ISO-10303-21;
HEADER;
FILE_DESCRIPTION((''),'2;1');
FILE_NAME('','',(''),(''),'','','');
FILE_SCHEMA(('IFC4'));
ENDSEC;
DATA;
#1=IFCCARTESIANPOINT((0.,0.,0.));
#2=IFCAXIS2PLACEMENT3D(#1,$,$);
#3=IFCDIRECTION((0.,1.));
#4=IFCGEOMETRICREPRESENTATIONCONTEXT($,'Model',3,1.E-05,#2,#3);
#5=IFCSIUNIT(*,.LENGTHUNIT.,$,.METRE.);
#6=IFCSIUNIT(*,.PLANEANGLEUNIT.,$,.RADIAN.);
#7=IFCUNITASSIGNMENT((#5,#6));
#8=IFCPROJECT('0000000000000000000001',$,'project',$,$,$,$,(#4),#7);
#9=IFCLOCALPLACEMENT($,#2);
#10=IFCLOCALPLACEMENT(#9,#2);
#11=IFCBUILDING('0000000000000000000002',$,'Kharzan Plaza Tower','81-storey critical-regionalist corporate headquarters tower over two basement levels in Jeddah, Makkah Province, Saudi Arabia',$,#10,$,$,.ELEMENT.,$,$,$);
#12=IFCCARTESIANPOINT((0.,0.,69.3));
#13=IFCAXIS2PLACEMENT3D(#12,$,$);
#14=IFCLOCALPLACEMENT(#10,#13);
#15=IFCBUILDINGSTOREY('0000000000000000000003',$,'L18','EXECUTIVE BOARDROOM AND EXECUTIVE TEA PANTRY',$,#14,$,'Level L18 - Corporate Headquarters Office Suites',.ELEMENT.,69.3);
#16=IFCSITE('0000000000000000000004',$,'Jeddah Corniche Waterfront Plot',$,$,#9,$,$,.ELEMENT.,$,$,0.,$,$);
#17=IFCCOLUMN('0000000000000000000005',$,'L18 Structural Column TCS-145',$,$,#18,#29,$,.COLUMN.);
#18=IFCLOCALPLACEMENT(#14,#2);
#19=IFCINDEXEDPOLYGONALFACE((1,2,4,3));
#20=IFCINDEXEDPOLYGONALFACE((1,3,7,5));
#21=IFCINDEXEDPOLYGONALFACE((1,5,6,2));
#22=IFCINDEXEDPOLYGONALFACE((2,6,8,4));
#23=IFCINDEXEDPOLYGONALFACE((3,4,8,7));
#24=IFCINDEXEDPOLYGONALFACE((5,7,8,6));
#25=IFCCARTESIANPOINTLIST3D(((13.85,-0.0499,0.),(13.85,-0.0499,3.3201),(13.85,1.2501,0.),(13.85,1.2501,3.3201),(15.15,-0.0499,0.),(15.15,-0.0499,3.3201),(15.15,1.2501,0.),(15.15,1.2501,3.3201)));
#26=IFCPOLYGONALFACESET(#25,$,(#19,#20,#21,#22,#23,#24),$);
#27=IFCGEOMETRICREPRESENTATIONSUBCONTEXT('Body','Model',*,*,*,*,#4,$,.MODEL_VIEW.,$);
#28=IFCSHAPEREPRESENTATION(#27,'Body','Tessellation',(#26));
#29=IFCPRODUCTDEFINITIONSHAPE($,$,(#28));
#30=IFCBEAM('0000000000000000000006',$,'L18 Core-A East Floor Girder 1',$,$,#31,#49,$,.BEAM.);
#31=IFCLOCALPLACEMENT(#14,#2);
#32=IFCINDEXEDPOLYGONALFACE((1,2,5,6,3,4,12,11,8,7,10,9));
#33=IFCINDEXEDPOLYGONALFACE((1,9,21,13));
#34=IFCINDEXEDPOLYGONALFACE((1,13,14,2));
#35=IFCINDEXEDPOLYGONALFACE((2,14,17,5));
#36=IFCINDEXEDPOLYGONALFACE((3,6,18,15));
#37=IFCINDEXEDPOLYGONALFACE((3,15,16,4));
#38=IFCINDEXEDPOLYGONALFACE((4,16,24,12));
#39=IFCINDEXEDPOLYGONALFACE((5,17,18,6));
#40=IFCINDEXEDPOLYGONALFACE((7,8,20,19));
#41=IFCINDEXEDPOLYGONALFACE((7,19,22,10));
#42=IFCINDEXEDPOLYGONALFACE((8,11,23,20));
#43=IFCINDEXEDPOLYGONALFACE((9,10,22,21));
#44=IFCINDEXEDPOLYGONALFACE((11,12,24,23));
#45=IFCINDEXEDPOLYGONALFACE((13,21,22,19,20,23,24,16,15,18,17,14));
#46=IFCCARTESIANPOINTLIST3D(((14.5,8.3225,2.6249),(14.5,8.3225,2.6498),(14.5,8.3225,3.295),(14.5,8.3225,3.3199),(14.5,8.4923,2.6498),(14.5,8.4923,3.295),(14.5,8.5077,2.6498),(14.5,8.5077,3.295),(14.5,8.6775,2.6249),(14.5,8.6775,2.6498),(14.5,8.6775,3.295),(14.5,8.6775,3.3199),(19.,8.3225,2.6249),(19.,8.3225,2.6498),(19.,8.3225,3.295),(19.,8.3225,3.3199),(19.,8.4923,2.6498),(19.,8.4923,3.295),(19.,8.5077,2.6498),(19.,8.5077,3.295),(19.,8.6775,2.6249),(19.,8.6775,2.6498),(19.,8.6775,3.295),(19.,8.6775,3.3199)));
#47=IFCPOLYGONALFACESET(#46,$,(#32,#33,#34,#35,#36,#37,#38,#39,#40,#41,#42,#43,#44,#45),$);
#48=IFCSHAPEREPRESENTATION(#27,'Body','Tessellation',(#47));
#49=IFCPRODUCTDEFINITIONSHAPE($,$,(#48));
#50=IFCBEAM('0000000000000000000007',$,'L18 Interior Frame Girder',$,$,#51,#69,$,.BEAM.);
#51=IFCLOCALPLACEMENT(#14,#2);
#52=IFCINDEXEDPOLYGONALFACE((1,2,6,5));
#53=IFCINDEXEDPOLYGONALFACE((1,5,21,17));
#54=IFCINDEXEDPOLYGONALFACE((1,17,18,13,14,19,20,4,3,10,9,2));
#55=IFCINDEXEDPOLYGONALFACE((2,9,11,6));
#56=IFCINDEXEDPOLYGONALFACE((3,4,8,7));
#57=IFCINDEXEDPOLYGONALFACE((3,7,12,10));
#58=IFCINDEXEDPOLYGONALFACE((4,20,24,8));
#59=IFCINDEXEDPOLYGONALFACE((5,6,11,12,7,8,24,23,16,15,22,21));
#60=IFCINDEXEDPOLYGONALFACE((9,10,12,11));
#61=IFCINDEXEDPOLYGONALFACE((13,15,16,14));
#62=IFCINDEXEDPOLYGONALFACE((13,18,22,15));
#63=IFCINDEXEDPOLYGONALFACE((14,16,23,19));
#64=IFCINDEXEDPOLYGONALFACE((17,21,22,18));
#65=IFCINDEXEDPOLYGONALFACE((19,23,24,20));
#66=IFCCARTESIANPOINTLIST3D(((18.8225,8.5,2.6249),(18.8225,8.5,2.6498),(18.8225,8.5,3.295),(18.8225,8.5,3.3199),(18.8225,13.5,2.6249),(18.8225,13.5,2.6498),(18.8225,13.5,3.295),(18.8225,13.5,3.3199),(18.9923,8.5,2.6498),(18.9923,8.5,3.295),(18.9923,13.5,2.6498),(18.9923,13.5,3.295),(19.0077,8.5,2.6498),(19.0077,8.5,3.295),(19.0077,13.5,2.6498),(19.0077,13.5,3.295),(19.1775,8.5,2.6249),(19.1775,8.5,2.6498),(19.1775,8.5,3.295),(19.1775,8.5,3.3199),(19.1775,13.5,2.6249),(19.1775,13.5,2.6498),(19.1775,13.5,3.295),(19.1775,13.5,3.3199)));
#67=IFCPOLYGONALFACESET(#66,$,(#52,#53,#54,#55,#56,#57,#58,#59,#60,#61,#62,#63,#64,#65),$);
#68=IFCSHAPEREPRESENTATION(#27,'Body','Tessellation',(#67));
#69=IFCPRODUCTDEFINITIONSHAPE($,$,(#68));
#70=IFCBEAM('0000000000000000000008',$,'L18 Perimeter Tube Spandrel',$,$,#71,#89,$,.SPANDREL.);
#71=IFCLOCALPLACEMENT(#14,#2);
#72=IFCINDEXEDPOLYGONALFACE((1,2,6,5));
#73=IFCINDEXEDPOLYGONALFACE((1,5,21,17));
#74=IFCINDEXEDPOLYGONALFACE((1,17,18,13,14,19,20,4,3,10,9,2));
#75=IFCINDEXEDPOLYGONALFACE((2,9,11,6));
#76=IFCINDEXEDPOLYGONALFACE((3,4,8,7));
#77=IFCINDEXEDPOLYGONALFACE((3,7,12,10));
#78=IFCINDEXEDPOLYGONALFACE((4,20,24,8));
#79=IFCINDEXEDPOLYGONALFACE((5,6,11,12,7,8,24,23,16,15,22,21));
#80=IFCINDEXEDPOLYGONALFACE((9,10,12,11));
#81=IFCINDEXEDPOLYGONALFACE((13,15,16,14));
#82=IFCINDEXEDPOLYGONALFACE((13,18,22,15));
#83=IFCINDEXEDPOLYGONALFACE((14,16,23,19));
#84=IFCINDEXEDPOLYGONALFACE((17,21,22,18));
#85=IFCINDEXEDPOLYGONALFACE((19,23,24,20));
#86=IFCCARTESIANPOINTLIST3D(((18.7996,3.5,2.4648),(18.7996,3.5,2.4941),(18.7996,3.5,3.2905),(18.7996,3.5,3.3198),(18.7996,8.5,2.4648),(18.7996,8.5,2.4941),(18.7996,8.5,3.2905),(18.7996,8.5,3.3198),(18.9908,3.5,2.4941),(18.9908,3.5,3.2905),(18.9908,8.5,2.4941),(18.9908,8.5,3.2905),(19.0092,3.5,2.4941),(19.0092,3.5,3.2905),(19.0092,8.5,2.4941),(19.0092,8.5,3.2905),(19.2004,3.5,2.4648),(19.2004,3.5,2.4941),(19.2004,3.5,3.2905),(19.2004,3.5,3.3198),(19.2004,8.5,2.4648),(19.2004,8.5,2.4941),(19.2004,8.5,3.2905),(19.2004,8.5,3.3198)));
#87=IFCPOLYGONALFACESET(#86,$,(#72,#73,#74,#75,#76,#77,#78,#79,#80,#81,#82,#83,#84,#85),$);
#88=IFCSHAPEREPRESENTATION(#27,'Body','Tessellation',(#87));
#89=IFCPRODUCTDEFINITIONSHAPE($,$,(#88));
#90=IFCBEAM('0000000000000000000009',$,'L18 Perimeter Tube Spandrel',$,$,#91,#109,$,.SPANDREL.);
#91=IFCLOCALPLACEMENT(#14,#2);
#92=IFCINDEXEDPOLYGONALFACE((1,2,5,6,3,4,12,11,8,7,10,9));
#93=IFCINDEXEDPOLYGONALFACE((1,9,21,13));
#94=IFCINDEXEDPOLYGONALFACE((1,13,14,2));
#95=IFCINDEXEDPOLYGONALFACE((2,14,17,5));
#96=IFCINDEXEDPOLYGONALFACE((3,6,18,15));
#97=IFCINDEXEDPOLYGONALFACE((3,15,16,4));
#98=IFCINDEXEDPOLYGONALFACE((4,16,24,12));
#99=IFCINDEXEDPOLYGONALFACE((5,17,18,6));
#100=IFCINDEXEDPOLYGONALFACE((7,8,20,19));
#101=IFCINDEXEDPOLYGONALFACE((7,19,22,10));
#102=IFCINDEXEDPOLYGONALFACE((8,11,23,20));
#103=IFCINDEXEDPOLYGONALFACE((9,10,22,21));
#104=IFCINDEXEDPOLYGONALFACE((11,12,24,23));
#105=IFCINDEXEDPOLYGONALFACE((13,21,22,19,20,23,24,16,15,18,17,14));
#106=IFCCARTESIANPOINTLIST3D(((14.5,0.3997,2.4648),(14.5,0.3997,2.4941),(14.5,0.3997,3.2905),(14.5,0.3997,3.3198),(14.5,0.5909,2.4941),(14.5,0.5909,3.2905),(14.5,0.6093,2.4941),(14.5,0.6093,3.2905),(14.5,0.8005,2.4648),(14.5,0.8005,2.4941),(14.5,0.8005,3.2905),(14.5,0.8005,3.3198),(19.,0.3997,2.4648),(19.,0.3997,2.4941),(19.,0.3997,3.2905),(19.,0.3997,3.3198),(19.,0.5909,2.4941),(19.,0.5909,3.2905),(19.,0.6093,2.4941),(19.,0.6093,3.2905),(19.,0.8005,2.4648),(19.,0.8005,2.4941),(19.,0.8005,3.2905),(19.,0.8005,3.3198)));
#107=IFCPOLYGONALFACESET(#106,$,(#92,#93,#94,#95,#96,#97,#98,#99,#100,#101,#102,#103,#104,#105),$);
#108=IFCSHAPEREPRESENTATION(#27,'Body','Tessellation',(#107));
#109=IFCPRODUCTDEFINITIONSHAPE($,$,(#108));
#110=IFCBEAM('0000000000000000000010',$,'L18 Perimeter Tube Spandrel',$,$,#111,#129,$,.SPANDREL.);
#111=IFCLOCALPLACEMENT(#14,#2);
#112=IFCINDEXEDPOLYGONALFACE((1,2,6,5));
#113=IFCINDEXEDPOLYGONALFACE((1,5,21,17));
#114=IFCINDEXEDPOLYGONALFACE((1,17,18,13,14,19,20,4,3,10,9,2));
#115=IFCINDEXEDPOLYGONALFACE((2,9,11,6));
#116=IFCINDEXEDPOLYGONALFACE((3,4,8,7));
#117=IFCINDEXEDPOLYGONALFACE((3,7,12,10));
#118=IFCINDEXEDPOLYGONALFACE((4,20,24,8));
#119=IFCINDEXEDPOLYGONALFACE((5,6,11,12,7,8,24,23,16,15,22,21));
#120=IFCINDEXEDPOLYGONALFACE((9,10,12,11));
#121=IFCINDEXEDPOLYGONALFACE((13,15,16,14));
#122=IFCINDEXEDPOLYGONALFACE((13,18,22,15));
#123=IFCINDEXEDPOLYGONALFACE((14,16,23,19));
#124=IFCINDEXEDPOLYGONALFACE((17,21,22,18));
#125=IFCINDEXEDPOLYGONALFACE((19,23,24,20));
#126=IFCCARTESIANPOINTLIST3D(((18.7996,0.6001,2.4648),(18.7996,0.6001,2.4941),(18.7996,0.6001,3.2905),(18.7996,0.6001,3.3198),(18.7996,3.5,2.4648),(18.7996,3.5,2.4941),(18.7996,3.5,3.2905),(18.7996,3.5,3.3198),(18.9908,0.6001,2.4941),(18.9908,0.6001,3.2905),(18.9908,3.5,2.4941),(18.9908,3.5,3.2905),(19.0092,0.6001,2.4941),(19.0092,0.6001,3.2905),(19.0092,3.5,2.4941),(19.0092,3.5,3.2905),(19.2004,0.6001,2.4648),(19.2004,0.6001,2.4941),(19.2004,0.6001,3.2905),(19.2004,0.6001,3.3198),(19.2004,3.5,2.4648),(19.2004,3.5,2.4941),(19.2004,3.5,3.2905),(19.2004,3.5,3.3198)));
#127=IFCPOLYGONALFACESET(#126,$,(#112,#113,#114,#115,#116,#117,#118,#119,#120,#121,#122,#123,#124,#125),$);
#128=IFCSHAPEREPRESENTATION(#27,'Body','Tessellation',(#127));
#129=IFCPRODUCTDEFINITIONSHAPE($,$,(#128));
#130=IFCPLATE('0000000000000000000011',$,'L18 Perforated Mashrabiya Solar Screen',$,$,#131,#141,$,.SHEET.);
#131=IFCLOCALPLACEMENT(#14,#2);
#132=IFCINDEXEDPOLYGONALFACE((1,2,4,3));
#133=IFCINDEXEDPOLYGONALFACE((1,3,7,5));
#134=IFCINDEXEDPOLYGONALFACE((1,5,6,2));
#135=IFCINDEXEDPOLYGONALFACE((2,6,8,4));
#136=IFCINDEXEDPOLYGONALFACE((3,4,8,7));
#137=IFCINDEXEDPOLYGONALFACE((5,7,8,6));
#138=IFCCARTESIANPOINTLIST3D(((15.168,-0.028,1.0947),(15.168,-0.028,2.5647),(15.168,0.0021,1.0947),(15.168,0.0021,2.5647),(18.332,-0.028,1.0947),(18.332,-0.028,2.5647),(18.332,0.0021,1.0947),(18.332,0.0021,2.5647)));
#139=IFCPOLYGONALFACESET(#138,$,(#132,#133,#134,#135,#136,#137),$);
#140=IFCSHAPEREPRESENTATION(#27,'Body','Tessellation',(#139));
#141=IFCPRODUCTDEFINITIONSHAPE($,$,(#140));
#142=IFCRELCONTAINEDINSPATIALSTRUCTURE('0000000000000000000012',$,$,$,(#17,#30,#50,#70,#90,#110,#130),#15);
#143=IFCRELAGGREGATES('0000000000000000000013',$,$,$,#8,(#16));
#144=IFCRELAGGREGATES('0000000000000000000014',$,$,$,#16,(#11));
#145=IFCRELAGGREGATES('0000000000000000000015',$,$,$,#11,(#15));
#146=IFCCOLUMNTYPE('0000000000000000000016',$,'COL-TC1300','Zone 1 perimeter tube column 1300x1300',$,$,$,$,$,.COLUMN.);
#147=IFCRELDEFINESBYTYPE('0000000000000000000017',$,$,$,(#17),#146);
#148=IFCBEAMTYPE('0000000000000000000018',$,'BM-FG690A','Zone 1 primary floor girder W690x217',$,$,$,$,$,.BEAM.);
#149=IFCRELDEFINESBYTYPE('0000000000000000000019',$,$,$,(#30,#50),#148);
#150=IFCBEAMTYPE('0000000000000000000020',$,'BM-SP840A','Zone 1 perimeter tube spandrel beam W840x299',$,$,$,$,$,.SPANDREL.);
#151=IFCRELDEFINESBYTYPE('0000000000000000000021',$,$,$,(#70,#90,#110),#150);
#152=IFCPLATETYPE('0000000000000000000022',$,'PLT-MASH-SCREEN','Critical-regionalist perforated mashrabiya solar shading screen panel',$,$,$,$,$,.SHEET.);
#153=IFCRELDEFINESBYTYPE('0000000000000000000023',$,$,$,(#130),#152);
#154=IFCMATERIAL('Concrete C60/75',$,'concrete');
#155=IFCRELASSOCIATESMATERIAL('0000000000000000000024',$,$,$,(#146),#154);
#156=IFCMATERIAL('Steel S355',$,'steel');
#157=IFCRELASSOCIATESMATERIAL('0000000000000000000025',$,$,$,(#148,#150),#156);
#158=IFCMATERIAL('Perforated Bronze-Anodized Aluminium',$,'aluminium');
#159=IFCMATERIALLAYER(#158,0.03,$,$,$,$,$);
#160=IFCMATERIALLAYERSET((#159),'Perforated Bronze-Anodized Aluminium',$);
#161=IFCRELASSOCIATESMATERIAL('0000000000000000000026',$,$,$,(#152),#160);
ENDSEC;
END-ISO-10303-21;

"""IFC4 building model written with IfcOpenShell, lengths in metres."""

from ifc_helpers import new_model, si_unit, direction, frame, origin, origin_2d, place, context, subcontext, project, spatial, rectangle, i_section, extrude, source, transform, mapped, material, layer, layer_set, material_profile, profile_set, type_object, element, save


model = new_model("IFC4")

# Units and contexts
model_context = context("Model", 3, precision=1e-05, world=origin(), true_north=direction((0.0, 1.0)))
body_context = subcontext(model_context, "Body", "Model", "MODEL_VIEW")
ifc_project = project(units=[si_unit("LENGTHUNIT", "METRE"), si_unit("PLANEANGLEUNIT", "RADIAN")], contexts=[model_context])

# Site, building, storey
site_placement = place(None, origin())
site = spatial("IfcSite", under=ifc_project, at=site_placement, Name="Jeddah Corniche Waterfront Plot", CompositionType="ELEMENT", RefElevation=0.0)
building_placement = place(site_placement, origin())
building = spatial("IfcBuilding", under=site, at=building_placement, Name="Kharzan Plaza Tower", Description="81-storey critical-regionalist corporate headquarters tower over two basement levels in Jeddah, Makkah Province, Saudi Arabia", CompositionType="ELEMENT")
storey_placement = place(building_placement, frame((0.0, 0.0, 69.3)))
storey = spatial("IfcBuildingStorey", under=building, at=storey_placement, Name="L18", Description="EXECUTIVE BOARDROOM AND EXECUTIVE TEA PANTRY", LongName="Level L18 - Corporate Headquarters Office Suites", CompositionType="ELEMENT", Elevation=69.3)

# Column
ifc_material_1 = material(Name="Concrete C60/75", Category="concrete")
ifc_material_profile_1 = material_profile(ifc_material_1, rectangle(XDim=1.3, YDim=1.3, at=origin_2d()), Name="RC-TC1300x1300")
ifc_profile_set_1 = profile_set([ifc_material_profile_1], Name="Concrete C60/75")
column_type = type_object("IfcColumnType", Name="COL-TC1300", Description="Zone 1 perimeter tube column 1300x1300", PredefinedType="COLUMN", material=ifc_profile_set_1)
shared_shape_1 = source(origin(), body_context, "Body", "SweptSolid", [
    extrude(rectangle(XDim=1.3, YDim=1.3, at=origin_2d()), origin(), (0.0, 0.0, 1.0), 3.3201),
])
column_placement = place(storey_placement, frame((14.5, 0.6001, 0.0), z_axis=(0.0, 0.0, 1.0), x_axis=(1.0, 0.0, 0.0)))
element("IfcColumn", 1, at=column_placement, inside=storey, type_object=column_type, Name="L18 Structural Column TCS-145", PredefinedType="COLUMN", context=body_context, shape_type="MappedRepresentation", body=[
    mapped(shared_shape_1, transform((0.0, 0.0, 0.0), x_axis=(1.0, 0.0, 0.0), y_axis=(0.0, 1.0, 0.0), z_axis=(0.0, 0.0, 1.0))),
])

# Beams
ifc_material_2 = material(Name="Steel S355", Category="steel")
ifc_material_profile_2 = material_profile(ifc_material_2, i_section(OverallWidth=0.355, OverallDepth=0.6951, WebThickness=0.0154, FlangeThickness=0.0249, at=origin_2d()), Name="W690x217")
ifc_profile_set_2 = profile_set([ifc_material_profile_2], Name="Steel S355")
beam_type_1 = type_object("IfcBeamType", Name="BM-FG690A", Description="Zone 1 primary floor girder W690x217", PredefinedType="BEAM", material=ifc_profile_set_2)
shared_shape_2 = source(origin(), body_context, "Body", "SweptSolid", [
    extrude(i_section(OverallWidth=0.355, OverallDepth=0.6951, WebThickness=0.0154, FlangeThickness=0.0249, at=origin_2d()), origin(), (0.0, 0.0, 1.0), 4.5),
])
beam_1_placement = place(storey_placement, frame((14.5, 8.5, 2.9724), z_axis=(1.0, 0.0, 0.0), x_axis=(0.0, 1.0, 0.0)))
element("IfcBeam", 2, at=beam_1_placement, inside=storey, type_object=beam_type_1, Name="L18 Core-A East Floor Girder 1", PredefinedType="BEAM", context=body_context, shape_type="MappedRepresentation", body=[
    mapped(shared_shape_2, transform((0.0, 0.0, 0.0), x_axis=(1.0, 0.0, 0.0), y_axis=(0.0, 1.0, 0.0), z_axis=(0.0, 0.0, 1.0))),
])
shared_shape_3 = source(origin(), body_context, "Body", "SweptSolid", [
    extrude(i_section(OverallWidth=0.355, OverallDepth=0.6951, WebThickness=0.0154, FlangeThickness=0.0249, at=origin_2d()), origin(), (0.0, 0.0, 1.0), 5.0),
])
beam_2_placement = place(storey_placement, frame((19.0, 8.5, 2.9724), z_axis=(0.0, 1.0, 0.0), x_axis=(-1.0, 0.0, 0.0)))
element("IfcBeam", 3, at=beam_2_placement, inside=storey, type_object=beam_type_1, Name="L18 Interior Frame Girder", PredefinedType="BEAM", context=body_context, shape_type="MappedRepresentation", body=[
    mapped(shared_shape_3, transform((0.0, 0.0, 0.0), x_axis=(1.0, 0.0, 0.0), y_axis=(0.0, 1.0, 0.0), z_axis=(0.0, 0.0, 1.0))),
])
ifc_material_profile_3 = material_profile(ifc_material_2, i_section(OverallWidth=0.4009, OverallDepth=0.855, WebThickness=0.0183, FlangeThickness=0.0293, at=origin_2d()), Name="W840x299")
ifc_profile_set_3 = profile_set([ifc_material_profile_3], Name="Steel S355")
beam_type_2 = type_object("IfcBeamType", Name="BM-SP840A", Description="Zone 1 perimeter tube spandrel beam W840x299", PredefinedType="SPANDREL", material=ifc_profile_set_3)
shared_shape_4 = source(origin(), body_context, "Body", "SweptSolid", [
    extrude(i_section(OverallWidth=0.4009, OverallDepth=0.855, WebThickness=0.0183, FlangeThickness=0.0293, at=origin_2d()), origin(), (0.0, 0.0, 1.0), 5.0),
])
beam_3_placement = place(storey_placement, frame((19.0, 3.5, 2.8923), z_axis=(0.0, 1.0, 0.0), x_axis=(-1.0, 0.0, 0.0)))
element("IfcBeam", 4, at=beam_3_placement, inside=storey, type_object=beam_type_2, Name="L18 Perimeter Tube Spandrel", PredefinedType="SPANDREL", context=body_context, shape_type="MappedRepresentation", body=[
    mapped(shared_shape_4, transform((0.0, 0.0, 0.0), x_axis=(1.0, 0.0, 0.0), y_axis=(0.0, 1.0, 0.0), z_axis=(0.0, 0.0, 1.0))),
])
shared_shape_5 = source(origin(), body_context, "Body", "SweptSolid", [
    extrude(i_section(OverallWidth=0.4009, OverallDepth=0.855, WebThickness=0.0183, FlangeThickness=0.0293, at=origin_2d()), origin(), (0.0, 0.0, 1.0), 4.5),
])
beam_4_placement = place(storey_placement, frame((14.5, 0.6001, 2.8923), z_axis=(1.0, 0.0, 0.0), x_axis=(0.0, 1.0, 0.0)))
element("IfcBeam", 5, at=beam_4_placement, inside=storey, type_object=beam_type_2, Name="L18 Perimeter Tube Spandrel", PredefinedType="SPANDREL", context=body_context, shape_type="MappedRepresentation", body=[
    mapped(shared_shape_5, transform((0.0, 0.0, 0.0), x_axis=(1.0, 0.0, 0.0), y_axis=(0.0, 1.0, 0.0), z_axis=(0.0, 0.0, 1.0))),
])
shared_shape_6 = source(origin(), body_context, "Body", "SweptSolid", [
    extrude(i_section(OverallWidth=0.4009, OverallDepth=0.855, WebThickness=0.0183, FlangeThickness=0.0293, at=origin_2d()), origin(), (0.0, 0.0, 1.0), 2.8999),
])
beam_5_placement = place(storey_placement, frame((19.0, 0.6001, 2.8923), z_axis=(0.0, 1.0, 0.0), x_axis=(-1.0, 0.0, 0.0)))
element("IfcBeam", 6, at=beam_5_placement, inside=storey, type_object=beam_type_2, Name="L18 Perimeter Tube Spandrel", PredefinedType="SPANDREL", context=body_context, shape_type="MappedRepresentation", body=[
    mapped(shared_shape_6, transform((0.0, 0.0, 0.0), x_axis=(1.0, 0.0, 0.0), y_axis=(0.0, 1.0, 0.0), z_axis=(0.0, 0.0, 1.0))),
])

# Plate
ifc_material_3 = material(Name="Perforated Bronze-Anodized Aluminium", Category="aluminium")
ifc_layer_1 = layer(ifc_material_3, 0.03)
ifc_layer_set_1 = layer_set([ifc_layer_1], Name="Perforated Bronze-Anodized Aluminium")
plate_type = type_object("IfcPlateType", Name="PLT-MASH-SCREEN", Description="Critical-regionalist perforated mashrabiya solar shading screen panel", PredefinedType="SHEET", material=ifc_layer_set_1)
shared_shape_7 = source(origin(), body_context, "Body", "SweptSolid", [
    extrude(rectangle(XDim=3.1641, YDim=0.03, at=origin_2d()), origin(), (0.0, 0.0, 1.0), 1.47),
])
plate_placement = place(storey_placement, frame((16.75, -0.0129, 1.0947), z_axis=(0.0, 0.0, 1.0), x_axis=(1.0, 0.0, 0.0)))
element("IfcPlate", 7, at=plate_placement, inside=storey, type_object=plate_type, Name="L18 Perforated Mashrabiya Solar Screen", PredefinedType="SHEET", context=body_context, shape_type="MappedRepresentation", body=[
    mapped(shared_shape_7, transform((0.0, 0.0, 0.0), x_axis=(1.0, 0.0, 0.0), y_axis=(0.0, 1.0, 0.0), z_axis=(0.0, 0.0, 1.0))),
])

save(model, "model.ifc")
